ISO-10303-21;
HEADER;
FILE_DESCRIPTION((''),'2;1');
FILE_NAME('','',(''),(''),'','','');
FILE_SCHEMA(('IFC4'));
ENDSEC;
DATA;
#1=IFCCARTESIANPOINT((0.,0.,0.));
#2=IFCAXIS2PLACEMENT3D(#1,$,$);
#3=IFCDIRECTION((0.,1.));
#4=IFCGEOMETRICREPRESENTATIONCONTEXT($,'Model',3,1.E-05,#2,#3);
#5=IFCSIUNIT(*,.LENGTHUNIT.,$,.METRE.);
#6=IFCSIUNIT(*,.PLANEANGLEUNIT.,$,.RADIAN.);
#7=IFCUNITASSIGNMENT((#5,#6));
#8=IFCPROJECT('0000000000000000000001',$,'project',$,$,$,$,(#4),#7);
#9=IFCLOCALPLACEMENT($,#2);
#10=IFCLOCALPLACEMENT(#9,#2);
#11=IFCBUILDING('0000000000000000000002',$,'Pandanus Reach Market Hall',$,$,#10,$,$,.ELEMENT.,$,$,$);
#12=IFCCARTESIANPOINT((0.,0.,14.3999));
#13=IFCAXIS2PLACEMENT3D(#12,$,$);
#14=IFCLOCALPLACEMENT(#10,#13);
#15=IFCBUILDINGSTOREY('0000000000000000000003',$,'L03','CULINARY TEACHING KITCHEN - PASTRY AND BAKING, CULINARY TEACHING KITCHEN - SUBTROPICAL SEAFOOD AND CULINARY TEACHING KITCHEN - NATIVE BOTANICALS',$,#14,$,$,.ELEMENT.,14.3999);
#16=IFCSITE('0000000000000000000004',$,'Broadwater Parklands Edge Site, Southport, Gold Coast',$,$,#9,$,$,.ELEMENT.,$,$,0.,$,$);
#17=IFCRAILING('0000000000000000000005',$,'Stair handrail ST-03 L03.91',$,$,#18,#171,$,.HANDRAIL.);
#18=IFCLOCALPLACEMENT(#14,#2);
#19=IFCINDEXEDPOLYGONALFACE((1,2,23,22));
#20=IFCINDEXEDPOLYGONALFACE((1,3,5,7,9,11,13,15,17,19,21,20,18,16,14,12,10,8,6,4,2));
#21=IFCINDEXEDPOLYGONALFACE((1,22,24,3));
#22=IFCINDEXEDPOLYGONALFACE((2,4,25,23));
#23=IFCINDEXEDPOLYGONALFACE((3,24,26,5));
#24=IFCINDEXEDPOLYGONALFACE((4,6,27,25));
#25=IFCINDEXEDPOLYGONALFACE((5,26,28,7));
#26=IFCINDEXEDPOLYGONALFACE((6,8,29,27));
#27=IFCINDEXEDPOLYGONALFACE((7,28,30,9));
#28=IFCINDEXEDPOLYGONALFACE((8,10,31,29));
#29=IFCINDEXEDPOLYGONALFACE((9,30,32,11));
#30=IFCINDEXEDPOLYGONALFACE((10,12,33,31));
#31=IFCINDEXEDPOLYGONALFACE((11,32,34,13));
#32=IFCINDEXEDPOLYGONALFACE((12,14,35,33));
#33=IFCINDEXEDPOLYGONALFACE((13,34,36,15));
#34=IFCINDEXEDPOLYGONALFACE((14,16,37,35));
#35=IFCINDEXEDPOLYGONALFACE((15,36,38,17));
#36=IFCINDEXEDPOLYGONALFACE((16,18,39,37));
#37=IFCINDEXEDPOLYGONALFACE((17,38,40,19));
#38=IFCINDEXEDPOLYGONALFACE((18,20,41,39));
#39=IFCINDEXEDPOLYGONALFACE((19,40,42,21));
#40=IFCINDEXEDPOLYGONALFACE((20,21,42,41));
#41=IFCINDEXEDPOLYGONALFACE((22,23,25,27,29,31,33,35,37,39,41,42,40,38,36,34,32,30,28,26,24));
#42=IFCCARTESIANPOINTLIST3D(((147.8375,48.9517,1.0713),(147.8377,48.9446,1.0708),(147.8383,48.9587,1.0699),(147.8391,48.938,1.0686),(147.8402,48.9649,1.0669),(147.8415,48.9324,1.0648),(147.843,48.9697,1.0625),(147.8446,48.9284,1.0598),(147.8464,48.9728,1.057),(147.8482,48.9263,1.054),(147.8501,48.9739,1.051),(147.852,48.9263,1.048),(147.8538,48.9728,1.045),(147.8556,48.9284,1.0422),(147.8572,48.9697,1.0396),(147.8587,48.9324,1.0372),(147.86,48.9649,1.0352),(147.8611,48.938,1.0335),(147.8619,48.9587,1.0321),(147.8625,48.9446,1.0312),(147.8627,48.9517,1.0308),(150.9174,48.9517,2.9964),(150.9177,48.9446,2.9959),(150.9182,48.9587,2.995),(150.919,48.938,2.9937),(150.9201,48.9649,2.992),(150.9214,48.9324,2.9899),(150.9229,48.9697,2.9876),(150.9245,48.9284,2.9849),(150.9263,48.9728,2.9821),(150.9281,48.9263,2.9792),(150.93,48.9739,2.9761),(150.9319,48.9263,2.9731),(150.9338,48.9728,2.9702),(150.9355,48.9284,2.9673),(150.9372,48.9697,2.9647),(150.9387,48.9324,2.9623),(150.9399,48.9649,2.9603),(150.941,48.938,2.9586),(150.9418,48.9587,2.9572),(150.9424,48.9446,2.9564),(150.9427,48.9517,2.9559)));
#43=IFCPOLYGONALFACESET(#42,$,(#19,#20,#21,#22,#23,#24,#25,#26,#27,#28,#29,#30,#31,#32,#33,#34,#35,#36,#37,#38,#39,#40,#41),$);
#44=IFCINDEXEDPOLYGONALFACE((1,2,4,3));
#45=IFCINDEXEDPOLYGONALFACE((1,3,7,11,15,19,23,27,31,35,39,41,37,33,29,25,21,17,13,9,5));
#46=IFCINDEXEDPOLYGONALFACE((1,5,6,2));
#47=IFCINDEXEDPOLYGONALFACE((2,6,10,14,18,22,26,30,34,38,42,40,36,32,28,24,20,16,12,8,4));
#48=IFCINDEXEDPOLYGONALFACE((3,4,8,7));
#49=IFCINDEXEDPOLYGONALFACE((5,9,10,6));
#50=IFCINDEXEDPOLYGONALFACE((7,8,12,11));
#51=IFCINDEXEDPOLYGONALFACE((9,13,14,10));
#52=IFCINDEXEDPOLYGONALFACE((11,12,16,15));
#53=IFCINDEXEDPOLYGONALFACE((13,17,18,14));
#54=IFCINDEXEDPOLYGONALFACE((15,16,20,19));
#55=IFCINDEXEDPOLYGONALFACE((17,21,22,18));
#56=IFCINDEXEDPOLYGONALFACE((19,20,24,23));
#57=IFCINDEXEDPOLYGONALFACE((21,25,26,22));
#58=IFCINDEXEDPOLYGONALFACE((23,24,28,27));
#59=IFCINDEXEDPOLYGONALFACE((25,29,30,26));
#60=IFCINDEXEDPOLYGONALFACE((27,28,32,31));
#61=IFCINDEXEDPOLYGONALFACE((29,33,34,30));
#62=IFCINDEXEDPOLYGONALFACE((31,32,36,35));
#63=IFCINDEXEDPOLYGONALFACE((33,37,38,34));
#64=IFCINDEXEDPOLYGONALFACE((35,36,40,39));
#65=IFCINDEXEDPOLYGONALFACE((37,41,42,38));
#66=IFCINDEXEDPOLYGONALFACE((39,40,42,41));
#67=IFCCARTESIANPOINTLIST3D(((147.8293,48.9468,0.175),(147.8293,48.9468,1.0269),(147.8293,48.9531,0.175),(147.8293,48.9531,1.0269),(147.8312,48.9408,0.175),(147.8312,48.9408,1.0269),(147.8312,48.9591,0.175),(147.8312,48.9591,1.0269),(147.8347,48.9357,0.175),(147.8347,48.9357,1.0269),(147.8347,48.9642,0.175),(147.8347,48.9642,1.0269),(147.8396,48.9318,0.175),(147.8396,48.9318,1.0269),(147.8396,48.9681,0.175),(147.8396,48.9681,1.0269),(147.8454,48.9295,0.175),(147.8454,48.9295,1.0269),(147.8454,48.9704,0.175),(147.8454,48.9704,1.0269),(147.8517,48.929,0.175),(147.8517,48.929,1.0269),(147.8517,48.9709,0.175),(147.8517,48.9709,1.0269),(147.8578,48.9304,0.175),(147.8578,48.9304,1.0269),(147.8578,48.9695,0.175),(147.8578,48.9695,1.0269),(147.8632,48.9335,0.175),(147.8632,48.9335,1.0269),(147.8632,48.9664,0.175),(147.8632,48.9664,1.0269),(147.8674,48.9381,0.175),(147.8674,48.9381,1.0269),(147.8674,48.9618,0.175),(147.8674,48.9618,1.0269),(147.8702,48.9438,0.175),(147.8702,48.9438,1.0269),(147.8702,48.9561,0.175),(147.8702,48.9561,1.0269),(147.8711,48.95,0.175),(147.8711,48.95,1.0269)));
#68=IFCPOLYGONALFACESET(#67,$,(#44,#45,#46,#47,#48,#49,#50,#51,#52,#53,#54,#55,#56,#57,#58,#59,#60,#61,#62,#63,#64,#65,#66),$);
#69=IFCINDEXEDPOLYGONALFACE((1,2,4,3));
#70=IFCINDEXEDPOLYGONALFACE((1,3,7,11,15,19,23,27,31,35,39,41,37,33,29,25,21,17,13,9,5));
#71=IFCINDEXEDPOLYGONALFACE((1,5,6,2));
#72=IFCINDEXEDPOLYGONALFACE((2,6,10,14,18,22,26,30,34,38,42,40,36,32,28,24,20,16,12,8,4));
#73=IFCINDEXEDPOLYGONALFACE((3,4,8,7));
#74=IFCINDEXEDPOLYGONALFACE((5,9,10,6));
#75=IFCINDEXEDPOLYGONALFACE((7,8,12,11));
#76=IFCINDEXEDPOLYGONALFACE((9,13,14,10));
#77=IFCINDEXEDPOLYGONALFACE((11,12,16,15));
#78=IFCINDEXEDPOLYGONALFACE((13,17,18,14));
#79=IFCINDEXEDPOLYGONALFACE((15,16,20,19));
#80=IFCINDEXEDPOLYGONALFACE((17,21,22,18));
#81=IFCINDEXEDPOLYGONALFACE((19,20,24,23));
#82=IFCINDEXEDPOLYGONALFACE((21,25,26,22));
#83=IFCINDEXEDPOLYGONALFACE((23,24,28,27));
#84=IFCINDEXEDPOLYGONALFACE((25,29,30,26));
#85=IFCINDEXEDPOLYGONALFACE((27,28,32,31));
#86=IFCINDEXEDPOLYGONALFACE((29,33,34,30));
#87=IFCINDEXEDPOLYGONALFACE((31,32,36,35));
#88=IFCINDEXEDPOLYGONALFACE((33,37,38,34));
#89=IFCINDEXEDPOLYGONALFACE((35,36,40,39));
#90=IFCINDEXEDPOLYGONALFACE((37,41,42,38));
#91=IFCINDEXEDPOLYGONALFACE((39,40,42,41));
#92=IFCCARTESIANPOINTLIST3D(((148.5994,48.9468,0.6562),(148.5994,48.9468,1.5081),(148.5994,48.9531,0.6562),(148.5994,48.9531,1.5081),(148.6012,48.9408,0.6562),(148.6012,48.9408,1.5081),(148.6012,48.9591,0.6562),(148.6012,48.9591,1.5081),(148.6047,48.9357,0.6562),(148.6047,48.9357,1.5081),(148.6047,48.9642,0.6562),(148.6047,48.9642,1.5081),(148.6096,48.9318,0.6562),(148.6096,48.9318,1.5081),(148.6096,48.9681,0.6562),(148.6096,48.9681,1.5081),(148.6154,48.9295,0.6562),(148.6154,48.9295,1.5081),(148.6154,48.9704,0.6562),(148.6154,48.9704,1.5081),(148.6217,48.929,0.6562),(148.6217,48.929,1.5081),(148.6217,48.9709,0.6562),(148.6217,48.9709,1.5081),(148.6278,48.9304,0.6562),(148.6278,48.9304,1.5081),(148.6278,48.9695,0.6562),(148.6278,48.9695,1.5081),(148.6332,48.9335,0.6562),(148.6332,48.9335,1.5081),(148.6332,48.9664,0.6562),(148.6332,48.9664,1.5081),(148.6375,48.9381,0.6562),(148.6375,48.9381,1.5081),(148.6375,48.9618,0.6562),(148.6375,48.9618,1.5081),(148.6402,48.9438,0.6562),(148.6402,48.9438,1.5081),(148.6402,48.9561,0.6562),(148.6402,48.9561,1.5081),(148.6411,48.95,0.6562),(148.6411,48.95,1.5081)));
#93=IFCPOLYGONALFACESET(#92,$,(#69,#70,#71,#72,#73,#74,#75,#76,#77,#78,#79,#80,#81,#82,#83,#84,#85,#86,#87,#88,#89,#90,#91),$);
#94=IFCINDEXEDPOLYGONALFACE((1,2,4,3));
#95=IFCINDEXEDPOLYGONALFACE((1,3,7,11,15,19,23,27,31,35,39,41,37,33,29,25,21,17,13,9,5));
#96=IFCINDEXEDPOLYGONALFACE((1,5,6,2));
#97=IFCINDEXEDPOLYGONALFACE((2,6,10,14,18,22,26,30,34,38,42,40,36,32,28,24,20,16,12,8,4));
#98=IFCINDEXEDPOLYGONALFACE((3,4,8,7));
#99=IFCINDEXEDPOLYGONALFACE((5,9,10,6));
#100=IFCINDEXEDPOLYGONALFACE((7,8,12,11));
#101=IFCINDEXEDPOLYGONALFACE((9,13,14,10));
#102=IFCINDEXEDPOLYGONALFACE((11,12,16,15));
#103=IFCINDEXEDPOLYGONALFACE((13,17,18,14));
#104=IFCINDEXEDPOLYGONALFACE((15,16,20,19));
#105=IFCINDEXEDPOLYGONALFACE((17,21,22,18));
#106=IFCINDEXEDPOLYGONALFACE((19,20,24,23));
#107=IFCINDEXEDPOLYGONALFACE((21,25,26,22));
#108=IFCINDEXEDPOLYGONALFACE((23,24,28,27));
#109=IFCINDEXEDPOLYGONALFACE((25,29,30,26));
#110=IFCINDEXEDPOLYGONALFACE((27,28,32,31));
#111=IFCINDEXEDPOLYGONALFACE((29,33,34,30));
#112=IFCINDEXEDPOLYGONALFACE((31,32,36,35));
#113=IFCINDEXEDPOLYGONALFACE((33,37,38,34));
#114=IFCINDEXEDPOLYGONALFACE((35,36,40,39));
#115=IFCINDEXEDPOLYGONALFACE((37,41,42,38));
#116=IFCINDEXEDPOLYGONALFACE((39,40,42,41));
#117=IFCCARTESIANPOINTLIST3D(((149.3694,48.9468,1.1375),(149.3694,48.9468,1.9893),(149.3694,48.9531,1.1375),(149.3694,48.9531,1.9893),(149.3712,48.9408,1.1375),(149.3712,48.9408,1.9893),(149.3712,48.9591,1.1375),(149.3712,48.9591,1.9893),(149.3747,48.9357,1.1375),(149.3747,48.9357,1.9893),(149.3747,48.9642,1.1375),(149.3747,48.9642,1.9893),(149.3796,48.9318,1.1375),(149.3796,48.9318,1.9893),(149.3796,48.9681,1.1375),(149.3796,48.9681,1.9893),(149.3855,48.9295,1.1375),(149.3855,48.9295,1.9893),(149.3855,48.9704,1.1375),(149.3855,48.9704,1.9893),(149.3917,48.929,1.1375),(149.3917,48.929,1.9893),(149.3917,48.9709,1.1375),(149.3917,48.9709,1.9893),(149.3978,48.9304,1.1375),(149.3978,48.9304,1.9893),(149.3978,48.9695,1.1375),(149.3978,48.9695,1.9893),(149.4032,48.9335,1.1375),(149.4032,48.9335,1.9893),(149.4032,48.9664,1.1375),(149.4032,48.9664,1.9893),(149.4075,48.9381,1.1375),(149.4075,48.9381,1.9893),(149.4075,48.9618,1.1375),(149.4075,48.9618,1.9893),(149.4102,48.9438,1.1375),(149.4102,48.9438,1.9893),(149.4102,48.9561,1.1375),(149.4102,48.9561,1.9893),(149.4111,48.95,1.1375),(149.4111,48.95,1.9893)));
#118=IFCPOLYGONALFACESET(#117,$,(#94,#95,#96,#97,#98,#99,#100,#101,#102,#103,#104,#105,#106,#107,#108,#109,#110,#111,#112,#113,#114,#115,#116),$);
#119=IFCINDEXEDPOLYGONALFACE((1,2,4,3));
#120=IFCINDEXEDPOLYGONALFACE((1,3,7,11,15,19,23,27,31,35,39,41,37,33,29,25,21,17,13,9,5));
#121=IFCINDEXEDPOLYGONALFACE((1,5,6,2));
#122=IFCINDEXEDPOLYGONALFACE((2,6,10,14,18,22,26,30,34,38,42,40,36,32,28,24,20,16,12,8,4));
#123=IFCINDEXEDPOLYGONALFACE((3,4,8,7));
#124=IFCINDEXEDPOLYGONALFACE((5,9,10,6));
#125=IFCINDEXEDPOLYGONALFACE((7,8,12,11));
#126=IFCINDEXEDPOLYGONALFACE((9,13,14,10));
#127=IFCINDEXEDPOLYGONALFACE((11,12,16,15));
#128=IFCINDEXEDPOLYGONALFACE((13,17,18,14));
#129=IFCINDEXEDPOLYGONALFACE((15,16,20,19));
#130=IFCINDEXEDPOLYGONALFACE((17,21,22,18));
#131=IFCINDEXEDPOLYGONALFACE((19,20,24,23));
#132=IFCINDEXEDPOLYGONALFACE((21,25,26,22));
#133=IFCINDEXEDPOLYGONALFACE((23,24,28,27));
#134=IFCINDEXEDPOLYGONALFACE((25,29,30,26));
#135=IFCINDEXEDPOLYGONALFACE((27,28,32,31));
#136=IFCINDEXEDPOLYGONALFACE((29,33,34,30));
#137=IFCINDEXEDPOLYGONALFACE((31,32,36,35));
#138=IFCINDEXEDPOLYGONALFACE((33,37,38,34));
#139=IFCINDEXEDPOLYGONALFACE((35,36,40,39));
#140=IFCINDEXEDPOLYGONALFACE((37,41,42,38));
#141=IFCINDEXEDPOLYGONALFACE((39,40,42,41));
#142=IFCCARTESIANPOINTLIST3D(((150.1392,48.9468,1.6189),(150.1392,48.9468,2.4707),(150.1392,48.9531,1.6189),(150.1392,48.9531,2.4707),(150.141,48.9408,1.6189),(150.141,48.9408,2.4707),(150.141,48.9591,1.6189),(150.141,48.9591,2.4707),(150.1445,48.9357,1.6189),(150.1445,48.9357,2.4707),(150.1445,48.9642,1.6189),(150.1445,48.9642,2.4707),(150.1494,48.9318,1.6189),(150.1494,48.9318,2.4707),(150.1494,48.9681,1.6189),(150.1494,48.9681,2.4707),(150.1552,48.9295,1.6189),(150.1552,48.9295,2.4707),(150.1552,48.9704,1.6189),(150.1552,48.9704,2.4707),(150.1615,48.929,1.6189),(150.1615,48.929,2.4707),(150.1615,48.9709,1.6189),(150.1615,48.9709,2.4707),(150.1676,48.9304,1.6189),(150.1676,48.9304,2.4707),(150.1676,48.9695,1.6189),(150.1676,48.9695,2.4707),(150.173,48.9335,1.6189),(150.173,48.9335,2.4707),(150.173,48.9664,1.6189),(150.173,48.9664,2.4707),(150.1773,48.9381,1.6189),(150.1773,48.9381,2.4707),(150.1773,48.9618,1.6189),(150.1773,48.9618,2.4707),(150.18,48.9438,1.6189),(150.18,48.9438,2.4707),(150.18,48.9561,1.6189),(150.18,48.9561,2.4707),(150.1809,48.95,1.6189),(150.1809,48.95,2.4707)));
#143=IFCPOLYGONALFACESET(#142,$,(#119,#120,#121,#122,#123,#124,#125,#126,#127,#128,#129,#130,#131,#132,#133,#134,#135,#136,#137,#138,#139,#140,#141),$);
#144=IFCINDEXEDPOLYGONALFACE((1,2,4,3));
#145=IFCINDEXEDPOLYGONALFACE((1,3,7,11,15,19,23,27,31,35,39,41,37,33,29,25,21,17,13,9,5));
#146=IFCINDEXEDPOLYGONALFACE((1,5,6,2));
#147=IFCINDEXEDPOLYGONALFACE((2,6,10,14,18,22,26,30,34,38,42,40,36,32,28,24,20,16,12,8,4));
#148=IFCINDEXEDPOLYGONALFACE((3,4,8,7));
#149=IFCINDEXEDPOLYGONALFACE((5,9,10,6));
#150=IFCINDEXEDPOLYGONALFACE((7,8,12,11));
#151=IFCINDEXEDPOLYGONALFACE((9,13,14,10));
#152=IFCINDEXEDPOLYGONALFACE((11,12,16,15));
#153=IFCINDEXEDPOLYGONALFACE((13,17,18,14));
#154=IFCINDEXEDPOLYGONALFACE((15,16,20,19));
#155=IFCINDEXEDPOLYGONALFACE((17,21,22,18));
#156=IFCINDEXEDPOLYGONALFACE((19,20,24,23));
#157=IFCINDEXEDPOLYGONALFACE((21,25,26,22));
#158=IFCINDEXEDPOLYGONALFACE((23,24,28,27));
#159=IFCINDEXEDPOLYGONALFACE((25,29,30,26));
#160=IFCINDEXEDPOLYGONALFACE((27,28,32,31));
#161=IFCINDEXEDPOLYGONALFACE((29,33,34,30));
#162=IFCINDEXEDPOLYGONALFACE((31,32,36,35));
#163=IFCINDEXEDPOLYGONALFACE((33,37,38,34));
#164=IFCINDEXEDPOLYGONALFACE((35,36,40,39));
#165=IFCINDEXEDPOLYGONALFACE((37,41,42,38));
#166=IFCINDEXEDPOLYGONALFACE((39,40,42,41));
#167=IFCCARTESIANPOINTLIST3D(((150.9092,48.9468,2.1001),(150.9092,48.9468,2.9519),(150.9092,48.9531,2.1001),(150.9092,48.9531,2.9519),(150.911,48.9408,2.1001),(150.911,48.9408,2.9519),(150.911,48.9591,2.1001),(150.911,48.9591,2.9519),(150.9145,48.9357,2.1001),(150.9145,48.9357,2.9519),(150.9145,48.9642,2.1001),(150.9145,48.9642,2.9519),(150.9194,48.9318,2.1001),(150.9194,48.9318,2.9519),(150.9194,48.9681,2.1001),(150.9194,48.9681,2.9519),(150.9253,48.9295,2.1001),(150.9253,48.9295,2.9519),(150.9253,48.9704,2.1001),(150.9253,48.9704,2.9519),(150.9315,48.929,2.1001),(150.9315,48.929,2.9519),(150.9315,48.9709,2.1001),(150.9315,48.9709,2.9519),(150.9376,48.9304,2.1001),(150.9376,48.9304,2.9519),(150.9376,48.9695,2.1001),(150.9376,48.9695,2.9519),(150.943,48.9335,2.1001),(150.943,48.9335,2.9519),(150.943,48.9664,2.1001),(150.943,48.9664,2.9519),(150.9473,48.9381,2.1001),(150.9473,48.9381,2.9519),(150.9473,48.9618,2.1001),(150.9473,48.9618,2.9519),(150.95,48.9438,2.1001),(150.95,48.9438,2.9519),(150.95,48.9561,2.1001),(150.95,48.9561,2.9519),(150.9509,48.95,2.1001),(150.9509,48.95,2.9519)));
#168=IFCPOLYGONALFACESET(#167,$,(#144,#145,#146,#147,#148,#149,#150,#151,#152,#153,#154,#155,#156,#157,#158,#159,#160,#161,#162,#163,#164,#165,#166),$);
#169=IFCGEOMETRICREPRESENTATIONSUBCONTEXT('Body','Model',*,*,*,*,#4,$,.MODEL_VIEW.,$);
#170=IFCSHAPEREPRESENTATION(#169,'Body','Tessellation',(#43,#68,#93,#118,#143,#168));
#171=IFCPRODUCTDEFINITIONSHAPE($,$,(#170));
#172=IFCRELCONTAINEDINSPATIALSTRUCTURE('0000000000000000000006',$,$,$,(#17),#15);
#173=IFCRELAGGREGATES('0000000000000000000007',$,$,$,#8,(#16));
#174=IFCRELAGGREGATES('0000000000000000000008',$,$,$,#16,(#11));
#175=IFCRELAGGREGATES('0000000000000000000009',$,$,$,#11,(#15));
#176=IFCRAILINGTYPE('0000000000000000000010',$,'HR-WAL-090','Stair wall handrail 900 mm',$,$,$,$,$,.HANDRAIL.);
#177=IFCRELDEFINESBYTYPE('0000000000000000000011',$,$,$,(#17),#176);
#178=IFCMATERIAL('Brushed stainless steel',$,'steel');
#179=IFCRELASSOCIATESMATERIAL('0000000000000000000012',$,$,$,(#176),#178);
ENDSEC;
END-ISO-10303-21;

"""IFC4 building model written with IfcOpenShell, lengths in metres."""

from ifc_helpers import new_model, si_unit, direction, frame, origin, origin_2d, place, context, subcontext, project, spatial, circle, extrude, material, type_object, element, save


model = new_model("IFC4")

# Units and contexts
model_context = context("Model", 3, precision=1e-05, world=origin(), true_north=direction((0.0, 1.0)))
body_context = subcontext(model_context, "Body", "Model", "MODEL_VIEW")
ifc_project = project(units=[si_unit("LENGTHUNIT", "METRE"), si_unit("PLANEANGLEUNIT", "RADIAN")], contexts=[model_context])

# Site, building, storey
site_placement = place(None, origin())
site = spatial("IfcSite", under=ifc_project, at=site_placement, Name="Broadwater Parklands Edge Site, Southport, Gold Coast", CompositionType="ELEMENT", RefElevation=0.0)
building_placement = place(site_placement, origin())
building = spatial("IfcBuilding", under=site, at=building_placement, Name="Pandanus Reach Market Hall", CompositionType="ELEMENT")
storey_placement = place(building_placement, frame((0.0, 0.0, 14.3999)))
storey = spatial("IfcBuildingStorey", under=building, at=storey_placement, Name="L03", Description="CULINARY TEACHING KITCHEN - PASTRY AND BAKING, CULINARY TEACHING KITCHEN - SUBTROPICAL SEAFOOD AND CULINARY TEACHING KITCHEN - NATIVE BOTANICALS", CompositionType="ELEMENT", Elevation=14.3999)

# Railing
ifc_material_1 = material(Name="Brushed stainless steel", Category="steel")
railing_type_1 = type_object("IfcRailingType", Name="HR-WAL-090", Description="Stair wall handrail 900 mm", PredefinedType="HANDRAIL", material=ifc_material_1)
railing_1_placement = place(storey_placement, frame((147.8501, 48.95, 0.175)))
element("IfcRailing", 1, at=railing_1_placement, inside=storey, type_object=railing_type_1, Name="Stair handrail ST-03 L03.91", PredefinedType="HANDRAIL", context=body_context, shape_type="SweptSolid", body=[
    extrude(circle(Radius=0.0239, at=origin_2d()), frame((0.0, 0.0, 0.876), z_axis=(0.847979, 0.0, 0.530029), x_axis=(0.0, 1.0, 0.0)), (0.0, 0.0, 1.0), 3.6321),
    extrude(circle(Radius=0.021, at=origin_2d()), origin(), (0.0, 0.0, 1.0), 0.8518),
    extrude(circle(Radius=0.021, at=origin_2d()), frame((0.77, 0.0, 0.4812)), (0.0, 0.0, 1.0), 0.8518),
    extrude(circle(Radius=0.021, at=origin_2d()), frame((1.54, 0.0, 0.9624)), (0.0, 0.0, 1.0), 0.8518),
    extrude(circle(Radius=0.021, at=origin_2d()), frame((2.3098, 0.0, 1.4438)), (0.0, 0.0, 1.0), 0.8518),
    extrude(circle(Radius=0.021, at=origin_2d()), frame((3.0798, 0.0, 1.925)), (0.0, 0.0, 1.0), 0.8518),
])

save(model, "model.ifc")
